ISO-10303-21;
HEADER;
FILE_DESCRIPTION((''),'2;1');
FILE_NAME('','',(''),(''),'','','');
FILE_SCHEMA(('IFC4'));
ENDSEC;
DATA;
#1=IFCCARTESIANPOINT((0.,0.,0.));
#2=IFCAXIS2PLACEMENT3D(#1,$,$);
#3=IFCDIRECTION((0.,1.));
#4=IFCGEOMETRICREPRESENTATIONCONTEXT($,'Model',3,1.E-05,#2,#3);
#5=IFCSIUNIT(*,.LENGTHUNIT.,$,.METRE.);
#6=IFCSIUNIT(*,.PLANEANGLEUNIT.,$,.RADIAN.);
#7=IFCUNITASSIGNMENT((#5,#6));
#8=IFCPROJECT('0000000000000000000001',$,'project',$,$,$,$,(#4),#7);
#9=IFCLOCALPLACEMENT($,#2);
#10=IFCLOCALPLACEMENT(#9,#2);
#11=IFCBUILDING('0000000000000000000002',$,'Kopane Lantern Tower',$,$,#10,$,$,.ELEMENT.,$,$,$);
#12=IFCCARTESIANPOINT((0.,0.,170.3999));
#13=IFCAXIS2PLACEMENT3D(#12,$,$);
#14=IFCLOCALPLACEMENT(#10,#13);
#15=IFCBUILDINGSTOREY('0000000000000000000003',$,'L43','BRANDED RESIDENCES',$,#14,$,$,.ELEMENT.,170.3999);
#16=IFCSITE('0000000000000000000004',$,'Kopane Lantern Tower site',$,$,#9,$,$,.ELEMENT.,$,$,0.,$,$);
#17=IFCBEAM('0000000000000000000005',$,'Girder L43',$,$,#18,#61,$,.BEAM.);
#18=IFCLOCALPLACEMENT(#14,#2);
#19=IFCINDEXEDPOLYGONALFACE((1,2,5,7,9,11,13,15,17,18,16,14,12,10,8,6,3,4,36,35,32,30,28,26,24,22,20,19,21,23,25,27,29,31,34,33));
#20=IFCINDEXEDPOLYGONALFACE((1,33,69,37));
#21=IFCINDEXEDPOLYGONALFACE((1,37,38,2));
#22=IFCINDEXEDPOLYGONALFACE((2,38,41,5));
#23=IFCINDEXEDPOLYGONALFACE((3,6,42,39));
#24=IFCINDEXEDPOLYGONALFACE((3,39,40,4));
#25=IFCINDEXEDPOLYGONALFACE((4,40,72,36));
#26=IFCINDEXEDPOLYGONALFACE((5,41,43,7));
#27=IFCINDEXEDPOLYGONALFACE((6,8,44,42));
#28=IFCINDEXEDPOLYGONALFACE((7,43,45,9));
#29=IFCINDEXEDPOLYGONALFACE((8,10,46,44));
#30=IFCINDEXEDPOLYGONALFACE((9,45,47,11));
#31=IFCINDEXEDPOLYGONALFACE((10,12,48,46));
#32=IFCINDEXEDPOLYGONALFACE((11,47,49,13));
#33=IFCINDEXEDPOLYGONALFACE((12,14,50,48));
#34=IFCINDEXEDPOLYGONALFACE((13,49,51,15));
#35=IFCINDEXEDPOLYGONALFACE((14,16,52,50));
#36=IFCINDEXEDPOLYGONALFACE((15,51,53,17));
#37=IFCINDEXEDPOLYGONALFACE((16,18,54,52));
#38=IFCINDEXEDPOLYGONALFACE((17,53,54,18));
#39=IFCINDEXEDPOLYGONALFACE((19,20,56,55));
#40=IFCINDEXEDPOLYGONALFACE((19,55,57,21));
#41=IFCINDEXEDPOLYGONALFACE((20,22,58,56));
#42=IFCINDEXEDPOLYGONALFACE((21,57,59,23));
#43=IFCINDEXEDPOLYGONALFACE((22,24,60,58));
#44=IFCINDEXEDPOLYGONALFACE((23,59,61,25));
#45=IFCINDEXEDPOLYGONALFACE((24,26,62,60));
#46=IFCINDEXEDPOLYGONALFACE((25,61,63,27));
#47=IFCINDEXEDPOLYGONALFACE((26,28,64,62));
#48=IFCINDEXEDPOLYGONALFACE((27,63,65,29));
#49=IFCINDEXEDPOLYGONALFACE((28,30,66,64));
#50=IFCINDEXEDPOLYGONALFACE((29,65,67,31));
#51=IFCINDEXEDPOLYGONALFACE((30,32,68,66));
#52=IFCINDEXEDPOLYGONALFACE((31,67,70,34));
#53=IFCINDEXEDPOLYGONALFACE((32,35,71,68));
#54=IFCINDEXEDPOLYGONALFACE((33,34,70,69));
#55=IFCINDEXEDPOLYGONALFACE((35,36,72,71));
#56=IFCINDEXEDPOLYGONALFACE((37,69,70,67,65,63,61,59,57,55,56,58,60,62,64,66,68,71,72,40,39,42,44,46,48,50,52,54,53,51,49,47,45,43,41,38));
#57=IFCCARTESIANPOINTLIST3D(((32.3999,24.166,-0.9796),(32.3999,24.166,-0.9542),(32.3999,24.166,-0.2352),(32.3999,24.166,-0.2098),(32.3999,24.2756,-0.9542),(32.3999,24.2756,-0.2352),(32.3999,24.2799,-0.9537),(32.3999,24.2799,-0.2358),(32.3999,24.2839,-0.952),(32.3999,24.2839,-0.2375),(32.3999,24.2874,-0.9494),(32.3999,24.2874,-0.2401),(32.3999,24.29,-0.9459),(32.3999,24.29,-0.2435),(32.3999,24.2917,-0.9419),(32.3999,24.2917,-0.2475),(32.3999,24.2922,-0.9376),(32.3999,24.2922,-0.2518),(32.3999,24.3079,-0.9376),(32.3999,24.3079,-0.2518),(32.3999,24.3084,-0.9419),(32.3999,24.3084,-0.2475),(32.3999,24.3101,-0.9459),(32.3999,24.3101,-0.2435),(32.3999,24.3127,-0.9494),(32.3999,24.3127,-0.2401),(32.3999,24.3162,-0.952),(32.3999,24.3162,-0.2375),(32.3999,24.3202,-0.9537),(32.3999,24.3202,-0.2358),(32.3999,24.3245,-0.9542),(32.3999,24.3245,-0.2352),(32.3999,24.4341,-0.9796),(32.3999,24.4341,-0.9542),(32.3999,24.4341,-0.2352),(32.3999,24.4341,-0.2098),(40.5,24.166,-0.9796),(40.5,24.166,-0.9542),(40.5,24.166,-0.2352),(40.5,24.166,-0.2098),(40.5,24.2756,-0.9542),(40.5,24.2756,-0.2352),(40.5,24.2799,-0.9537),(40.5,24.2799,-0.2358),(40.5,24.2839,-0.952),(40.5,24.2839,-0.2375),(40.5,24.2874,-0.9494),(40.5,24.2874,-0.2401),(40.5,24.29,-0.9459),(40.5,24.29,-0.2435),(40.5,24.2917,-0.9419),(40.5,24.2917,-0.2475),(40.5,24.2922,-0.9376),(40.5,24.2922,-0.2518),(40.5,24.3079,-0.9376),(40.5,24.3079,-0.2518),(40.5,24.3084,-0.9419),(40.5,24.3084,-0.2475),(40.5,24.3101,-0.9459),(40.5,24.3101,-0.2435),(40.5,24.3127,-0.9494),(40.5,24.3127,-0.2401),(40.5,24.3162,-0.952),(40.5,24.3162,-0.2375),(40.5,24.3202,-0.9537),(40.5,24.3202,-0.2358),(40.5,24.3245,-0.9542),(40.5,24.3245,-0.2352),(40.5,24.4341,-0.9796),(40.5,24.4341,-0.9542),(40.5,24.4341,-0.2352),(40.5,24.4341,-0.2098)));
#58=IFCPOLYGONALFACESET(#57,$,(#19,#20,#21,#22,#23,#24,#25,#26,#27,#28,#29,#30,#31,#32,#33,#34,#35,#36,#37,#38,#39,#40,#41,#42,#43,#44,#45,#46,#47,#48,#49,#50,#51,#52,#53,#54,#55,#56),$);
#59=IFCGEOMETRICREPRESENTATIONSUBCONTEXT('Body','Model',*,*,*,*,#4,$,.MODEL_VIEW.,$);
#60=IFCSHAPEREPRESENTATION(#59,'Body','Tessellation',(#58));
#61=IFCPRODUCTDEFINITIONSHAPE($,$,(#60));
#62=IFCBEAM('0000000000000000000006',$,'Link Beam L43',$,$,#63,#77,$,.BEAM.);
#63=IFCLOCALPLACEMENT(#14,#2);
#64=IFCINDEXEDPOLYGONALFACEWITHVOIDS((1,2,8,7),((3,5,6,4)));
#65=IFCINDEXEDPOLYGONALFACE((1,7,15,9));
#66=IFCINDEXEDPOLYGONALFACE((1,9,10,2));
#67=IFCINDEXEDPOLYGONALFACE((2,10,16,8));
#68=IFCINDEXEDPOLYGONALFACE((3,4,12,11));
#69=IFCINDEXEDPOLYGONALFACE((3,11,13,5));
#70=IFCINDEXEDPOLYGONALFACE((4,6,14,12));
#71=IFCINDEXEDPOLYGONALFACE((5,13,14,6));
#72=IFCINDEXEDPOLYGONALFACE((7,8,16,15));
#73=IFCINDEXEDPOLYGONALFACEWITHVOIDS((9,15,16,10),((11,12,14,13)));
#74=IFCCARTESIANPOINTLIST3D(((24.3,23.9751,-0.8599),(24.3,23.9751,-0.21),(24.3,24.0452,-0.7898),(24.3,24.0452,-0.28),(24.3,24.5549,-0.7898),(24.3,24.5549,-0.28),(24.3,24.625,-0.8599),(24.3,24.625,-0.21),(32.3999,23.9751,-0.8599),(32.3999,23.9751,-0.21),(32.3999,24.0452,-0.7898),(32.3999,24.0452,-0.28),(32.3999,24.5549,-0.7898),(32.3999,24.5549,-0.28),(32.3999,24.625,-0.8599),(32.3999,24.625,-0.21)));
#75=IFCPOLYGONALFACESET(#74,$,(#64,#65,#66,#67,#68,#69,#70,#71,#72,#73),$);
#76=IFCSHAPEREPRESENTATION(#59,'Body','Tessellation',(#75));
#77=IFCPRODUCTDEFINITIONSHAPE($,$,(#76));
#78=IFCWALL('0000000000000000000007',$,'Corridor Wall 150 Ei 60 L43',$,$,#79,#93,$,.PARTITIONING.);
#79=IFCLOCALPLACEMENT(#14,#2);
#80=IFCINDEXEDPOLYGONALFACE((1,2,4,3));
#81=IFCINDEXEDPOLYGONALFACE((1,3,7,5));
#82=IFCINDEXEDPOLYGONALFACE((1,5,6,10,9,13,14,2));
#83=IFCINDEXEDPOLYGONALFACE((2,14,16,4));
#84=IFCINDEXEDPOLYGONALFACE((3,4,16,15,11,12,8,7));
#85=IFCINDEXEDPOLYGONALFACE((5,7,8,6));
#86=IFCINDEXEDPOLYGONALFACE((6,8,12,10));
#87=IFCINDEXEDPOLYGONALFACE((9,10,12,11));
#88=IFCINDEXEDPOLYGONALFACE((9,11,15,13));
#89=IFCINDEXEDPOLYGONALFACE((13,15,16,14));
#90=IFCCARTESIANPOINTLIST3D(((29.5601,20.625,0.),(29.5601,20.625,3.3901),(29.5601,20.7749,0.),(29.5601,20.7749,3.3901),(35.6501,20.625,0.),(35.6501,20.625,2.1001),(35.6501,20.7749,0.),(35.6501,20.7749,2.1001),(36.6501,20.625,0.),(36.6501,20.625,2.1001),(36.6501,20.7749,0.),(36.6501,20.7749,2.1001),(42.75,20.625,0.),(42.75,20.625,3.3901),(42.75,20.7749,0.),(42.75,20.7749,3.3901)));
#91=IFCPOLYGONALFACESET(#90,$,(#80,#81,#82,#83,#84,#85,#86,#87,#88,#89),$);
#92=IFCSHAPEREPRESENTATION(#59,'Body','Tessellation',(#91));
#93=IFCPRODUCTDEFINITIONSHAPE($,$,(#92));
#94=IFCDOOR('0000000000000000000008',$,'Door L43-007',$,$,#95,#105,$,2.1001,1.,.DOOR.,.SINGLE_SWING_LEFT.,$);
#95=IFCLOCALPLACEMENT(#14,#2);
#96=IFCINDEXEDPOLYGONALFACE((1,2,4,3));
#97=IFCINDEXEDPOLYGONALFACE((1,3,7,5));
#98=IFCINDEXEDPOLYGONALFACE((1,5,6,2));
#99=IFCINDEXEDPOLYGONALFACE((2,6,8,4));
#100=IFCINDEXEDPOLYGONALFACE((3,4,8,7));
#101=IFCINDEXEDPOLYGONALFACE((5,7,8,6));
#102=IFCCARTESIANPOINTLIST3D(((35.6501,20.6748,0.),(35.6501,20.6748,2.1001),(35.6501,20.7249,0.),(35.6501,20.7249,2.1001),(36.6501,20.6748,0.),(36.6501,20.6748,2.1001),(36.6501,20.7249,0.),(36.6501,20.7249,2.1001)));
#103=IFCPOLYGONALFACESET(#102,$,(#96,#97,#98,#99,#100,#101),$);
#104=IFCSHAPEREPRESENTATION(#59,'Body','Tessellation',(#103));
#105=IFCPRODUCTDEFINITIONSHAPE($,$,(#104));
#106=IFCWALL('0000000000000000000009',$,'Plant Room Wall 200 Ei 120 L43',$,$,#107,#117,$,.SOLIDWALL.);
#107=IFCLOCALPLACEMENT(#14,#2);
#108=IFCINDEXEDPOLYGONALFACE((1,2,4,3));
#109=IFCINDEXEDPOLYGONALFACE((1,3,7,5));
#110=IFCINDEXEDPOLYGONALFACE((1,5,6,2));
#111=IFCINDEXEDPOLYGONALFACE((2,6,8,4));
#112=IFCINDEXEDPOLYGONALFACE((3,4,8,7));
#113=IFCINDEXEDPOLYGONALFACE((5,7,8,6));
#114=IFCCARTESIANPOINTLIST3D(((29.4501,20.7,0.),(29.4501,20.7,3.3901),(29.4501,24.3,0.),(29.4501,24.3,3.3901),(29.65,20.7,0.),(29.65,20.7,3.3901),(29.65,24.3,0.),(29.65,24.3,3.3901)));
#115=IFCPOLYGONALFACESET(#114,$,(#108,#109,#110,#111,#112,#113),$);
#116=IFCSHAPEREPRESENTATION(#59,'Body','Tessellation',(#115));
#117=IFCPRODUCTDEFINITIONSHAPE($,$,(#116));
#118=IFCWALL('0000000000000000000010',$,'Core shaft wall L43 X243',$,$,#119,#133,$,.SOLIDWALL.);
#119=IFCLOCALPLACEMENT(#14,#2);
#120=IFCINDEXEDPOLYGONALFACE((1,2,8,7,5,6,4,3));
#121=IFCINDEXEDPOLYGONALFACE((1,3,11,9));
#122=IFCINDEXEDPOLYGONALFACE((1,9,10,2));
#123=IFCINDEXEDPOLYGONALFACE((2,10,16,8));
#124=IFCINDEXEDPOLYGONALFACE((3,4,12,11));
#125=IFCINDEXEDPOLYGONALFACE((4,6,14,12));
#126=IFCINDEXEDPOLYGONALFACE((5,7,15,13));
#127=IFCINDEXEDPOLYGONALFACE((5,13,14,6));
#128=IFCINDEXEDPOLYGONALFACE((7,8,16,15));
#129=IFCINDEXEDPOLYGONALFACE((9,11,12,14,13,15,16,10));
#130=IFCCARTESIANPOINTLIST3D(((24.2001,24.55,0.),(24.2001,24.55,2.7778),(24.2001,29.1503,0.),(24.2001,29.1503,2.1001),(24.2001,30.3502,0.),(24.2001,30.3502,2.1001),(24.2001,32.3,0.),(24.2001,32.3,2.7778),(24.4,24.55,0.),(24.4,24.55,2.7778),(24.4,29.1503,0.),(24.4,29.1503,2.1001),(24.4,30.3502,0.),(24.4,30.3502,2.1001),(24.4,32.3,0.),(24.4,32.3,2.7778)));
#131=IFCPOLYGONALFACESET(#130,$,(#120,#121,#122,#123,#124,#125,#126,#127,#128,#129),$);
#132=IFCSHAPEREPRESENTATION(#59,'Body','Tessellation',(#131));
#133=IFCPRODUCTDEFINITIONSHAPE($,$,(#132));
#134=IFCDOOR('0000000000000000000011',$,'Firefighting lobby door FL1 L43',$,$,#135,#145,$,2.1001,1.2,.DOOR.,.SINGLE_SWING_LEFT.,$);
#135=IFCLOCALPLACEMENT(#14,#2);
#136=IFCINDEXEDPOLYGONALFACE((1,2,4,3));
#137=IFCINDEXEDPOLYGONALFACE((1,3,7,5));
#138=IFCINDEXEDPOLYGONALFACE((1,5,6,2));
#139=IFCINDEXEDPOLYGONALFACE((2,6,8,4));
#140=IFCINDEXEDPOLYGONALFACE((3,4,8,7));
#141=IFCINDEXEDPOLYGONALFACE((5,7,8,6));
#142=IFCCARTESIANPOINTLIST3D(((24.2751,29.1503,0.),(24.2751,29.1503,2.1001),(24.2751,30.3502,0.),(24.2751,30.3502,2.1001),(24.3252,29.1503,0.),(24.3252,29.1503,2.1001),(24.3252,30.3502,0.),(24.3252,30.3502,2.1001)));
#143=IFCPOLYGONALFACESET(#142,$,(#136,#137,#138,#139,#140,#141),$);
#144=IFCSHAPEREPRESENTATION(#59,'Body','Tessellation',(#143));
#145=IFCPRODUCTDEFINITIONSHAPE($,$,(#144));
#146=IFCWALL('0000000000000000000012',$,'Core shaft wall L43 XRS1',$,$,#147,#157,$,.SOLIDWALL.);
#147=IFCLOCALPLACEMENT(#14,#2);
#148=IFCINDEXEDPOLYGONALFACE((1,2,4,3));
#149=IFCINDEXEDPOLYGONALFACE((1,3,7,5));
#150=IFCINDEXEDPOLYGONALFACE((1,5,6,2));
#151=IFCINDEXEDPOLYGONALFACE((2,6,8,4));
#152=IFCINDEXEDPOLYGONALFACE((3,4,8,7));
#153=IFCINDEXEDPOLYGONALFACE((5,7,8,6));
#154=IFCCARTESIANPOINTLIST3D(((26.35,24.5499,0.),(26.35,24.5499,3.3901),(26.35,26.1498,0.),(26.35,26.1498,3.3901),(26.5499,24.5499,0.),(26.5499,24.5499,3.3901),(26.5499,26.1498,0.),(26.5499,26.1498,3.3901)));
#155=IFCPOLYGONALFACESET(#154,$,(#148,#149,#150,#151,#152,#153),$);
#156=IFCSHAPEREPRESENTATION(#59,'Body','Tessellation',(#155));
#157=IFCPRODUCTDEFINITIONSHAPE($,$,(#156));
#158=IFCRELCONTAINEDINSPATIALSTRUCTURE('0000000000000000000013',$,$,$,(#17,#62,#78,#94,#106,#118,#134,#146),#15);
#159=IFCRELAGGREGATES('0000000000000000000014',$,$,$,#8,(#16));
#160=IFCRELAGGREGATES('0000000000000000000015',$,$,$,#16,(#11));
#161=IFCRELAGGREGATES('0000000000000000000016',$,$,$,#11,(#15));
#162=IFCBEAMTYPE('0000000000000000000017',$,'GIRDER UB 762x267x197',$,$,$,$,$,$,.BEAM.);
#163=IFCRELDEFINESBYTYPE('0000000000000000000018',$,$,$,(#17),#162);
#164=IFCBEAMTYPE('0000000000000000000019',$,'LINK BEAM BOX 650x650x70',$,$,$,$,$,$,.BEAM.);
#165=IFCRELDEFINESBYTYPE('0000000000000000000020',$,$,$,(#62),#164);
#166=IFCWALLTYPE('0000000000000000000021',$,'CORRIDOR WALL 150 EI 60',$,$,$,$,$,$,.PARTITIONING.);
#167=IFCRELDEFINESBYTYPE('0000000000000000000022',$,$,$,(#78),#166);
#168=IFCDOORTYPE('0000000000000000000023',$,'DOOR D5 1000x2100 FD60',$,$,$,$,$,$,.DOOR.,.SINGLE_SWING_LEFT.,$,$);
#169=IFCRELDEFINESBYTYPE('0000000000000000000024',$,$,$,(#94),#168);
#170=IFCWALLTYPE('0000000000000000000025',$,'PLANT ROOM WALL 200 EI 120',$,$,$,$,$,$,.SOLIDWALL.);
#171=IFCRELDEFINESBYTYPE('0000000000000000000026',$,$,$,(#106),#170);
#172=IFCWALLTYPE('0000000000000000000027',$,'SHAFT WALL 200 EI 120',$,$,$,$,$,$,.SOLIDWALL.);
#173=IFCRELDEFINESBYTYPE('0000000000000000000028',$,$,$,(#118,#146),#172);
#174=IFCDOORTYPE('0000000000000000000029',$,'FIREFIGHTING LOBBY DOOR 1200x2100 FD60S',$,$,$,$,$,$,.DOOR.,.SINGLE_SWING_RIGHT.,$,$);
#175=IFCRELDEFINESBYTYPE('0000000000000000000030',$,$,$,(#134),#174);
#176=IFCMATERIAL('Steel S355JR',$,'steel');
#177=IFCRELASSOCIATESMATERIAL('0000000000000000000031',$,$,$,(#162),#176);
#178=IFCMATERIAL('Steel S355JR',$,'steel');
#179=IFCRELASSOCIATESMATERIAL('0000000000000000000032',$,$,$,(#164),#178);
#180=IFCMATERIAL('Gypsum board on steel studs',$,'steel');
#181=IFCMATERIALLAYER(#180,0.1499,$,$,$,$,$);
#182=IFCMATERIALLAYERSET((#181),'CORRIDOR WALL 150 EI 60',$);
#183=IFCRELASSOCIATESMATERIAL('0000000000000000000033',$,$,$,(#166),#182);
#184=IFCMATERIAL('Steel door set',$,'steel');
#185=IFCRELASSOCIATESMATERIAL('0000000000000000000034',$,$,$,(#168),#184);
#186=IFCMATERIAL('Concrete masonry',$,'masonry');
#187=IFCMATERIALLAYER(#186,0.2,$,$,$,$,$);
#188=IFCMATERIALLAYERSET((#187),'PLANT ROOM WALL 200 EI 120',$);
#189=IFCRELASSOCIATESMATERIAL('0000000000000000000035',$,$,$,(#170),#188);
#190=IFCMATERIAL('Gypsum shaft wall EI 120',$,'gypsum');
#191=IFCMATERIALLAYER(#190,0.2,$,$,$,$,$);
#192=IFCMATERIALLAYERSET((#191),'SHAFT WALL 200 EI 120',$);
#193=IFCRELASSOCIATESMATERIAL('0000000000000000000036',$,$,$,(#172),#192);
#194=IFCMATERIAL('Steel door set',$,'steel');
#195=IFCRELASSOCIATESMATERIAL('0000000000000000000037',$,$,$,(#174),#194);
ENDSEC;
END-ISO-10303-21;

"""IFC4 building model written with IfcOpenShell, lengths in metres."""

from ifc_helpers import new_model, si_unit, direction, frame, frame_2d, origin, origin_2d, place, context, subcontext, project, spatial, rectangle, hollow_rectangle, i_section, extrude, material, layer, layer_set, material_profile, profile_set, type_object, element, fill, save


model = new_model("IFC4")

# Units and contexts
model_context = context("Model", 3, precision=1e-05, world=origin(), true_north=direction((0.0, 1.0)))
body_context = subcontext(model_context, "Body", "Model", "MODEL_VIEW")
ifc_project = project(units=[si_unit("LENGTHUNIT", "METRE"), si_unit("PLANEANGLEUNIT", "RADIAN")], contexts=[model_context])

# Site, building, storey
site_placement = place(None, origin())
site = spatial("IfcSite", under=ifc_project, at=site_placement, Name="Kopane Lantern Tower site", CompositionType="ELEMENT", RefElevation=0.0)
building_placement = place(site_placement, origin())
building = spatial("IfcBuilding", under=site, at=building_placement, Name="Kopane Lantern Tower", CompositionType="ELEMENT")
storey_placement = place(building_placement, frame((0.0, 0.0, 170.3999)))
storey = spatial("IfcBuildingStorey", under=building, at=storey_placement, Name="L43", Description="BRANDED RESIDENCES", CompositionType="ELEMENT", Elevation=170.3999)

# Beams
ifc_material_1 = material(Name="Steel S355JR", Category="steel")
ifc_material_profile_1 = material_profile(ifc_material_1, i_section(OverallWidth=0.2681, OverallDepth=0.7698, WebThickness=0.0156, FlangeThickness=0.0254, FilletRadius=0.0166, at=origin_2d()), Name="UB 762x267x197")
ifc_profile_set_1 = profile_set([ifc_material_profile_1], Name="Steel S355JR")
beam_type_1 = type_object("IfcBeamType", Name="GIRDER UB 762x267x197", PredefinedType="BEAM", material=ifc_profile_set_1)
beam_1_placement = place(storey_placement, frame((32.3999, 24.3, -0.5947), z_axis=(1.0, 0.0, 0.0), x_axis=(0.0, 1.0, 0.0)))
element("IfcBeam", 1, at=beam_1_placement, inside=storey, type_object=beam_type_1, Name="Girder L43", PredefinedType="BEAM", context=body_context, shape_type="SweptSolid", body=[
    extrude(i_section(OverallWidth=0.2681, OverallDepth=0.7698, WebThickness=0.0156, FlangeThickness=0.0254, FilletRadius=0.0166, at=origin_2d()), origin(), (0.0, 0.0, 1.0), 8.1001),
])
ifc_material_2 = material(Name="Steel S355JR", Category="steel")
ifc_material_profile_2 = material_profile(ifc_material_2, hollow_rectangle(XDim=0.6499, YDim=0.6499, WallThickness=0.0701, at=origin_2d()), Name="BOX 650x650x70")
ifc_profile_set_2 = profile_set([ifc_material_profile_2], Name="Steel S355JR")
beam_type_2 = type_object("IfcBeamType", Name="LINK BEAM BOX 650x650x70", PredefinedType="BEAM", material=ifc_profile_set_2)
beam_2_placement = place(storey_placement, frame((24.3, 24.3, -0.5349), z_axis=(1.0, 0.0, 0.0), x_axis=(0.0, 1.0, 0.0)))
element("IfcBeam", 2, at=beam_2_placement, inside=storey, type_object=beam_type_2, Name="Link Beam L43", PredefinedType="BEAM", context=body_context, shape_type="SweptSolid", body=[
    extrude(hollow_rectangle(XDim=0.6499, YDim=0.6499, WallThickness=0.0701, at=origin_2d()), origin(), (0.0, 0.0, 1.0), 8.0999),
])

# Wall, opening, door
ifc_material_3 = material(Name="Gypsum board on steel studs", Category="steel")
ifc_layer_1 = layer(ifc_material_3, 0.1499)
ifc_layer_set_1 = layer_set([ifc_layer_1], Name="CORRIDOR WALL 150 EI 60")
wall_type_1 = type_object("IfcWallType", Name="CORRIDOR WALL 150 EI 60", PredefinedType="PARTITIONING", material=ifc_layer_set_1)
wall_1_placement = place(storey_placement, frame((29.5601, 20.7, 0.0), z_axis=(0.0, 0.0, 1.0), x_axis=(1.0, 0.0, 0.0)))
wall_1 = element("IfcWall", 3, at=wall_1_placement, inside=storey, type_object=wall_type_1, Name="Corridor Wall 150 Ei 60 L43", PredefinedType="PARTITIONING", context=body_context, shape_type="SweptSolid", body=[
    extrude(rectangle(XDim=13.1899, YDim=0.1499, at=frame_2d((6.595, 0.0))), origin(), (0.0, 0.0, 1.0), 3.3901),
])
opening_1_placement = place(wall_1_placement, frame((6.0901, 0.0, 0.0)))
opening_1 = element("IfcOpeningElement", 4, at=opening_1_placement, cuts=wall_1, PredefinedType="OPENING", context=body_context, shape_type="SweptSolid", body=[
    extrude(rectangle(XDim=1.0, YDim=2.1001, at=frame_2d((0.5, 1.05))), frame((0.0, 0.085, 0.0), z_axis=(0.0, -1.0, 0.0), x_axis=(1.0, 0.0, 0.0)), (0.0, 0.0, 1.0), 0.1699),
])
ifc_material_4 = material(Name="Steel door set", Category="steel")
door_type_1 = type_object("IfcDoorType", Name="DOOR D5 1000x2100 FD60", OperationType="SINGLE_SWING_LEFT", PredefinedType="DOOR", material=ifc_material_4)
door_1_placement = place(opening_1_placement, origin())
door_1 = element("IfcDoor", 5, at=door_1_placement, inside=storey, type_object=door_type_1, Name="Door L43-007", OperationType="SINGLE_SWING_LEFT", OverallHeight=2.1001, OverallWidth=1.0, PredefinedType="DOOR", context=body_context, shape_type="SweptSolid", body=[
    extrude(rectangle(XDim=1.0, YDim=2.1001, at=frame_2d((0.5, 1.05))), frame((0.0, 0.0249, 0.0), z_axis=(0.0, -1.0, 0.0), x_axis=(1.0, 0.0, 0.0)), (0.0, 0.0, 1.0), 0.05),
])
fill(opening_1, door_1)

# Wall
ifc_material_5 = material(Name="Concrete masonry", Category="masonry")
ifc_layer_2 = layer(ifc_material_5, 0.2)
ifc_layer_set_2 = layer_set([ifc_layer_2], Name="PLANT ROOM WALL 200 EI 120")
wall_type_2 = type_object("IfcWallType", Name="PLANT ROOM WALL 200 EI 120", PredefinedType="SOLIDWALL", material=ifc_layer_set_2)
wall_2_placement = place(storey_placement, frame((29.55, 20.7, 0.0), z_axis=(0.0, 0.0, 1.0), x_axis=(0.0, 1.0, 0.0)))
element("IfcWall", 6, at=wall_2_placement, inside=storey, type_object=wall_type_2, Name="Plant Room Wall 200 Ei 120 L43", PredefinedType="SOLIDWALL", context=body_context, shape_type="SweptSolid", body=[
    extrude(rectangle(XDim=3.6001, YDim=0.2, at=frame_2d((1.8, 0.0))), origin(), (0.0, 0.0, 1.0), 3.3901),
])

# Wall, opening, door
ifc_material_6 = material(Name="Gypsum shaft wall EI 120", Category="gypsum")
ifc_layer_3 = layer(ifc_material_6, 0.2)
ifc_layer_set_3 = layer_set([ifc_layer_3], Name="SHAFT WALL 200 EI 120")
wall_type_3 = type_object("IfcWallType", Name="SHAFT WALL 200 EI 120", PredefinedType="SOLIDWALL", material=ifc_layer_set_3)
wall_3_placement = place(storey_placement, frame((24.3, 24.55, 0.0), z_axis=(0.0, 0.0, 1.0), x_axis=(0.0, 1.0, 0.0)))
wall_3 = element("IfcWall", 7, at=wall_3_placement, inside=storey, type_object=wall_type_3, Name="Core shaft wall L43 X243", PredefinedType="SOLIDWALL", context=body_context, shape_type="SweptSolid", body=[
    extrude(rectangle(XDim=7.75, YDim=0.2, at=frame_2d((3.875, 0.0))), origin(), (0.0, 0.0, 1.0), 2.7778),
])
opening_2_placement = place(wall_3_placement, frame((4.6001, 0.0, 0.0)))
opening_2 = element("IfcOpeningElement", 8, at=opening_2_placement, cuts=wall_3, PredefinedType="OPENING", context=body_context, shape_type="SweptSolid", body=[
    extrude(rectangle(XDim=1.2, YDim=2.1001, at=frame_2d((0.6001, 1.05))), frame((0.0, 0.1099, 0.0), z_axis=(0.0, -1.0, 0.0), x_axis=(1.0, 0.0, 0.0)), (0.0, 0.0, 1.0), 0.22),
])
ifc_material_7 = material(Name="Steel door set", Category="steel")
door_type_2 = type_object("IfcDoorType", Name="FIREFIGHTING LOBBY DOOR 1200x2100 FD60S", OperationType="SINGLE_SWING_RIGHT", PredefinedType="DOOR", material=ifc_material_7)
door_2_placement = place(opening_2_placement, origin())
door_2 = element("IfcDoor", 9, at=door_2_placement, inside=storey, type_object=door_type_2, Name="Firefighting lobby door FL1 L43", OperationType="SINGLE_SWING_LEFT", OverallHeight=2.1001, OverallWidth=1.2, PredefinedType="DOOR", context=body_context, shape_type="SweptSolid", body=[
    extrude(rectangle(XDim=1.2, YDim=2.1001, at=frame_2d((0.6001, 1.05))), frame((0.0, 0.0249, 0.0), z_axis=(0.0, -1.0, 0.0), x_axis=(1.0, 0.0, 0.0)), (0.0, 0.0, 1.0), 0.05),
])
fill(opening_2, door_2)

# Wall
wall_4_placement = place(storey_placement, frame((26.45, 24.55, 0.0), z_axis=(0.0, 0.0, 1.0), x_axis=(0.0, 1.0, 0.0)))
element("IfcWall", 10, at=wall_4_placement, inside=storey, type_object=wall_type_3, Name="Core shaft wall L43 XRS1", PredefinedType="SOLIDWALL", context=body_context, shape_type="SweptSolid", body=[
    extrude(rectangle(XDim=1.5999, YDim=0.2, at=frame_2d((0.7998, 0.0))), origin(), (0.0, 0.0, 1.0), 3.3901),
])

save(model, "model.ifc")
